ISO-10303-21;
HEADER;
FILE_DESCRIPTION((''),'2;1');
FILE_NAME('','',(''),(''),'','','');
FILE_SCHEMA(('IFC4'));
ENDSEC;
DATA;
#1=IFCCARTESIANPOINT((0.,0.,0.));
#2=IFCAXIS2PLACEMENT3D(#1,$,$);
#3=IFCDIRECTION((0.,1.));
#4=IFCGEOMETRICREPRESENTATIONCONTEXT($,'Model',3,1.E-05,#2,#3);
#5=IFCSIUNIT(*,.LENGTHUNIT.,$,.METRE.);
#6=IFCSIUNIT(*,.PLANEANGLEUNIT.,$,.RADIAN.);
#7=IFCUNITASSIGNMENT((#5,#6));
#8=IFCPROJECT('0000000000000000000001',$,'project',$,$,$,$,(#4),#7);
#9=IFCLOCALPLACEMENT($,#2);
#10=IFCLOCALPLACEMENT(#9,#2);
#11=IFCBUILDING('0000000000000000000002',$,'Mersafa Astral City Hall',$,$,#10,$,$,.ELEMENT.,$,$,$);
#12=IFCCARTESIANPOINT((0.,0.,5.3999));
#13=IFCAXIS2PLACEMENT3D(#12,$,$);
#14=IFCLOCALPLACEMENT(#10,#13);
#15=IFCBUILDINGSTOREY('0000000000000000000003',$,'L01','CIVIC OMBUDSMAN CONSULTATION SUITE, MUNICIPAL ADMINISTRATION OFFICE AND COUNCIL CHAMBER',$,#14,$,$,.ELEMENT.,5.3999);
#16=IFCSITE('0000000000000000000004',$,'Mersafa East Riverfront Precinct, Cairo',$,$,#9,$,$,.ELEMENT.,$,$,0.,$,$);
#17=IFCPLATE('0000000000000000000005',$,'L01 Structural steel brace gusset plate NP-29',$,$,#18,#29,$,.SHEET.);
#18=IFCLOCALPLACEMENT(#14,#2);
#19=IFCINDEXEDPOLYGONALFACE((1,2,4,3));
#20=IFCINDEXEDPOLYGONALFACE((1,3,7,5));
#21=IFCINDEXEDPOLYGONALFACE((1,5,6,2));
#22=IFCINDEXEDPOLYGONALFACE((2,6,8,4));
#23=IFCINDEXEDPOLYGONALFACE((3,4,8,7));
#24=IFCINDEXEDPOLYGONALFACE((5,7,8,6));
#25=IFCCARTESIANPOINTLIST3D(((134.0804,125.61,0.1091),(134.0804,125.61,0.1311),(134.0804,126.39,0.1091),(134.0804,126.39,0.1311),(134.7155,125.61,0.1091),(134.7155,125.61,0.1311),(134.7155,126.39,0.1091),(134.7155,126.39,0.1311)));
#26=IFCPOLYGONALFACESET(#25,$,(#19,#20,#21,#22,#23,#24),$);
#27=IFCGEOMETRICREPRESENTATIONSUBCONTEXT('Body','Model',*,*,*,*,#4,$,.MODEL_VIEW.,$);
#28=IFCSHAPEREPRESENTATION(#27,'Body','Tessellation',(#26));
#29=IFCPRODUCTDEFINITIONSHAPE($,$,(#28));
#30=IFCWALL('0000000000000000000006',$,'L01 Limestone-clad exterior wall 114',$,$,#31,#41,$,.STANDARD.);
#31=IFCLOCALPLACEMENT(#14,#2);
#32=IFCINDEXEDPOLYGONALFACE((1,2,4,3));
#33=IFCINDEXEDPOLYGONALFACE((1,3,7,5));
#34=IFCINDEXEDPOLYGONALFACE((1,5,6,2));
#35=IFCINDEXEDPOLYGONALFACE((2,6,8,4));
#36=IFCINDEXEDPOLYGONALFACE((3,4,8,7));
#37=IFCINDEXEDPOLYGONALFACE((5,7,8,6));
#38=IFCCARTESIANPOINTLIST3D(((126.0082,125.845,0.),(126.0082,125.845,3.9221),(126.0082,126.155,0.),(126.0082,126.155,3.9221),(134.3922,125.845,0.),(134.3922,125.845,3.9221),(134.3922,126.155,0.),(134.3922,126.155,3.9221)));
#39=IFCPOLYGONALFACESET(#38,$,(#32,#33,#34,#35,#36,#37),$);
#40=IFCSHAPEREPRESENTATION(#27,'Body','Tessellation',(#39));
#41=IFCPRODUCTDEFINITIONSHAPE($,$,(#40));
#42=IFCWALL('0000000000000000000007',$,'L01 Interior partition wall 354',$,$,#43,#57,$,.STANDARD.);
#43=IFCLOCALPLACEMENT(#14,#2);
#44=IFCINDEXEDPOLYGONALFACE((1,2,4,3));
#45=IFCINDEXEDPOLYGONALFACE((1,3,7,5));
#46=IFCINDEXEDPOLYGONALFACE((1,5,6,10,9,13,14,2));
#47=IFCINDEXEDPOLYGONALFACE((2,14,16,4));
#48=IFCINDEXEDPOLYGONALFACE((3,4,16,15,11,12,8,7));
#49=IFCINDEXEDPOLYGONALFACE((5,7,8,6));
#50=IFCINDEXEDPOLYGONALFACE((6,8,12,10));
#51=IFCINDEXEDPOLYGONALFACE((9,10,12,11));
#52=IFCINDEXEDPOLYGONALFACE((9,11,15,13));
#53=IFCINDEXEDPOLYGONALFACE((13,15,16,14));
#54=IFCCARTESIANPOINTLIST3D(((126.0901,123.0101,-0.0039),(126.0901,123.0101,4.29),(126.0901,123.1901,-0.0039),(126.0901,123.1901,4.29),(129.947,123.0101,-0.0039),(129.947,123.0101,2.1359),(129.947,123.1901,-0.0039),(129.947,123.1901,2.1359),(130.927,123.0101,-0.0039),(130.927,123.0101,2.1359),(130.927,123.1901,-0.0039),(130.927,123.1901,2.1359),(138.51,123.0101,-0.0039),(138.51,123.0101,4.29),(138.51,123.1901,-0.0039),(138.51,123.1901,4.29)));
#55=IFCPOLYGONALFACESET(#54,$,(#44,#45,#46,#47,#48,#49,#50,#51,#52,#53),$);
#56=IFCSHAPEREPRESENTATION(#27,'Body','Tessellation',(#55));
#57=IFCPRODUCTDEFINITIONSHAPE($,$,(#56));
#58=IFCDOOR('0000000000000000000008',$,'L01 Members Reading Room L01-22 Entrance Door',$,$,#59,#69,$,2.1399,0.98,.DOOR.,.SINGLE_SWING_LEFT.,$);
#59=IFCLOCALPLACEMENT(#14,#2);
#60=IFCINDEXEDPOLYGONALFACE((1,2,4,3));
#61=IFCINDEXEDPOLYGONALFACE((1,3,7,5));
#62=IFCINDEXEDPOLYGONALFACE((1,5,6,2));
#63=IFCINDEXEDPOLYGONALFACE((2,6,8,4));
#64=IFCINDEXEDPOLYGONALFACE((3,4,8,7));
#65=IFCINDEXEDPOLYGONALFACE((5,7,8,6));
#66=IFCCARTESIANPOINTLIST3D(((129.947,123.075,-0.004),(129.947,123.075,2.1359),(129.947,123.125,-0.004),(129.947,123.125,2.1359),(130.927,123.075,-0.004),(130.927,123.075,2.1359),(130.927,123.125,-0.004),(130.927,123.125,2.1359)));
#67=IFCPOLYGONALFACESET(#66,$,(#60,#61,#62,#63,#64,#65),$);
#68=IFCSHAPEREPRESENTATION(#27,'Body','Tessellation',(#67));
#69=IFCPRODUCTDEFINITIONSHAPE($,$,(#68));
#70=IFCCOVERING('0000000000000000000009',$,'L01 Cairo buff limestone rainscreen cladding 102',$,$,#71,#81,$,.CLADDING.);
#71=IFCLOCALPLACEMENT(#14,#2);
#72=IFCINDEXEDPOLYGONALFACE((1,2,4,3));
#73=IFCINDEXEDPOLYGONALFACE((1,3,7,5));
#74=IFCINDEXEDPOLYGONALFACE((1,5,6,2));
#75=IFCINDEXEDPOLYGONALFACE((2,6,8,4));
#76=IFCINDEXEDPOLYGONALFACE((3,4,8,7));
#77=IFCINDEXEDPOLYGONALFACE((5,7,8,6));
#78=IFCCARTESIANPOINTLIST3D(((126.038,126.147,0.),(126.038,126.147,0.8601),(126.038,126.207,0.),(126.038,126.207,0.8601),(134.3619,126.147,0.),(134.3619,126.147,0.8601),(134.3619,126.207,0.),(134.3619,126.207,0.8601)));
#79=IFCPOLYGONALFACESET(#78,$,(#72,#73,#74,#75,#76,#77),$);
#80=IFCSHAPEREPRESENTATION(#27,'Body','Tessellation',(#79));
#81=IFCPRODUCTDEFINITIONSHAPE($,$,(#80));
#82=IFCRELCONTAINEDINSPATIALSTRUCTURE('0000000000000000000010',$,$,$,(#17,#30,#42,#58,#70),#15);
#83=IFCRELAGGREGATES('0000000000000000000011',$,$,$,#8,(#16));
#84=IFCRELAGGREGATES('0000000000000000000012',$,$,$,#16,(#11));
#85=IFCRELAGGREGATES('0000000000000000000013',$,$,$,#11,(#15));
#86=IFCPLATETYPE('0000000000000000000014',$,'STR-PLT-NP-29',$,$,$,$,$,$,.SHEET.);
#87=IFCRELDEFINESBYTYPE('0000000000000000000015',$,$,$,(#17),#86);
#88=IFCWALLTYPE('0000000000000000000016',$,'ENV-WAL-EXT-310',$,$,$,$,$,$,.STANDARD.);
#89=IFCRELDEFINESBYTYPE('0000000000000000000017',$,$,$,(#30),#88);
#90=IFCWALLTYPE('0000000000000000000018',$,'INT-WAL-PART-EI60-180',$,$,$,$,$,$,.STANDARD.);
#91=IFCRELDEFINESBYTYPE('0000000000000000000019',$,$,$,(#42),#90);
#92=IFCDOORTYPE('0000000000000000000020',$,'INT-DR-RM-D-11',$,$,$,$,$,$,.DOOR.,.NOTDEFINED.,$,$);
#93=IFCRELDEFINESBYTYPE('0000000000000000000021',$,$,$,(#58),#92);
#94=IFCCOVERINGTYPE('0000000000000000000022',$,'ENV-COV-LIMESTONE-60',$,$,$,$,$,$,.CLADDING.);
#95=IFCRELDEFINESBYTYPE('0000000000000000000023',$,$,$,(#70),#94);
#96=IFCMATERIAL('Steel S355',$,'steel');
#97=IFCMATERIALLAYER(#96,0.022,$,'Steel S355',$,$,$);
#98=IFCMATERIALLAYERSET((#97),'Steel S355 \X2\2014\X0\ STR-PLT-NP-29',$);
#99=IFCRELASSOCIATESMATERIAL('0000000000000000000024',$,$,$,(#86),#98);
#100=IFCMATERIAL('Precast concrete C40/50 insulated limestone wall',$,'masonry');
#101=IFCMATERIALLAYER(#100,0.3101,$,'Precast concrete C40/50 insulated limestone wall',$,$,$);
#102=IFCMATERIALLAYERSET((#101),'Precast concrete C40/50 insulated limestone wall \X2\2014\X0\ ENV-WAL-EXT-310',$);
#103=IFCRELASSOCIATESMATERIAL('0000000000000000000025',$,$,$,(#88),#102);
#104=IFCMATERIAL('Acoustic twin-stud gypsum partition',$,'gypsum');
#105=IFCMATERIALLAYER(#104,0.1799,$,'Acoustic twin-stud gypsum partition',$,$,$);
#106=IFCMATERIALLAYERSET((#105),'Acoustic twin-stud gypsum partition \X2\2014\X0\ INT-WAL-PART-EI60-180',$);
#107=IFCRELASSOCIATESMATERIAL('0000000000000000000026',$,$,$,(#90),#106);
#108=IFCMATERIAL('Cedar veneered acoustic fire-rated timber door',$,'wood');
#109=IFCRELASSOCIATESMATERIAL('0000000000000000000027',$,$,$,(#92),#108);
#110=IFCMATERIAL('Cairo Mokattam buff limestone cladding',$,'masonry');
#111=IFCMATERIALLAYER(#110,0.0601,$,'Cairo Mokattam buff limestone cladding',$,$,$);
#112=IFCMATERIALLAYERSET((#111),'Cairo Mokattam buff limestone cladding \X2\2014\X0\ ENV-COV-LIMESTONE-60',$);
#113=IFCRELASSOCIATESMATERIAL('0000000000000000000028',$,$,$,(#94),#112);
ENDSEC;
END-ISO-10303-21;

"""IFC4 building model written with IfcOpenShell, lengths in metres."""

from ifc_helpers import new_model, si_unit, direction, frame, frame_2d, origin, origin_2d, place, context, subcontext, project, spatial, rectangle, extrude, material, layer, layer_set, type_object, element, fill, save


model = new_model("IFC4")

# Units and contexts
model_context = context("Model", 3, precision=1e-05, world=origin(), true_north=direction((0.0, 1.0)))
body_context = subcontext(model_context, "Body", "Model", "MODEL_VIEW")
ifc_project = project(units=[si_unit("LENGTHUNIT", "METRE"), si_unit("PLANEANGLEUNIT", "RADIAN")], contexts=[model_context])

# Site, building, storey
site_placement = place(None, origin())
site = spatial("IfcSite", under=ifc_project, at=site_placement, Name="Mersafa East Riverfront Precinct, Cairo", CompositionType="ELEMENT", RefElevation=0.0)
building_placement = place(site_placement, origin())
building = spatial("IfcBuilding", under=site, at=building_placement, Name="Mersafa Astral City Hall", CompositionType="ELEMENT")
storey_placement = place(building_placement, frame((0.0, 0.0, 5.3999)))
storey = spatial("IfcBuildingStorey", under=building, at=storey_placement, Name="L01", Description="CIVIC OMBUDSMAN CONSULTATION SUITE, MUNICIPAL ADMINISTRATION OFFICE AND COUNCIL CHAMBER", CompositionType="ELEMENT", Elevation=5.3999)

# Shared definitions
ifc_material_1 = material(Name="Steel S355", Category="steel")

# Plate
ifc_layer_1 = layer(ifc_material_1, 0.022, Name="Steel S355")
ifc_layer_set_1 = layer_set([ifc_layer_1], Name="Steel S355 — STR-PLT-NP-29")
plate_type_1 = type_object("IfcPlateType", Name="STR-PLT-NP-29", PredefinedType="SHEET", material=ifc_layer_set_1)
plate_1_placement = place(storey_placement, frame((134.3979, 126.0, 0.1091), z_axis=(0.0, 0.0, 1.0), x_axis=(1.0, 0.0, 0.0)))
element("IfcPlate", 1, at=plate_1_placement, inside=storey, type_object=plate_type_1, Name="L01 Structural steel brace gusset plate NP-29", PredefinedType="SHEET", context=body_context, shape_type="SweptSolid", body=[
    extrude(rectangle(XDim=0.635, YDim=0.78, at=origin_2d()), origin(), (0.0, 0.0, 1.0), 0.022),
])

# Wall
ifc_material_2 = material(Name="Precast concrete C40/50 insulated limestone wall", Category="masonry")
ifc_layer_2 = layer(ifc_material_2, 0.3101, Name="Precast concrete C40/50 insulated limestone wall")
ifc_layer_set_2 = layer_set([ifc_layer_2], Name="Precast concrete C40/50 insulated limestone wall — ENV-WAL-EXT-310")
wall_type_1 = type_object("IfcWallType", Name="ENV-WAL-EXT-310", PredefinedType="STANDARD", material=ifc_layer_set_2)
wall_1_placement = place(storey_placement, frame((134.3921, 126.0, 0.0), z_axis=(0.0, 0.0, 1.0), x_axis=(-1.0, 0.0, 0.0)))
element("IfcWall", 2, at=wall_1_placement, inside=storey, type_object=wall_type_1, Name="L01 Limestone-clad exterior wall 114", PredefinedType="STANDARD", context=body_context, shape_type="SweptSolid", body=[
    extrude(rectangle(XDim=8.384, YDim=0.3101, at=frame_2d((4.1919, 0.0))), origin(), (0.0, 0.0, 1.0), 3.9221),
])

# Wall, opening, door
ifc_material_3 = material(Name="Acoustic twin-stud gypsum partition", Category="gypsum")
ifc_layer_3 = layer(ifc_material_3, 0.1799, Name="Acoustic twin-stud gypsum partition")
ifc_layer_set_3 = layer_set([ifc_layer_3], Name="Acoustic twin-stud gypsum partition — INT-WAL-PART-EI60-180")
wall_type_2 = type_object("IfcWallType", Name="INT-WAL-PART-EI60-180", PredefinedType="STANDARD", material=ifc_layer_set_3)
wall_2_placement = place(storey_placement, frame((126.0901, 123.1001, -0.0039), z_axis=(0.0, 0.0, 1.0), x_axis=(1.0, 0.0, 0.0)))
wall_2 = element("IfcWall", 3, at=wall_2_placement, inside=storey, type_object=wall_type_2, Name="L01 Interior partition wall 354", PredefinedType="STANDARD", context=body_context, shape_type="SweptSolid", body=[
    extrude(rectangle(XDim=12.4199, YDim=0.1799, at=frame_2d((6.21, 0.0))), origin(), (0.0, 0.0, 1.0), 4.2939),
])
opening_placement = place(wall_2_placement, frame((3.8569, 0.0, 0.0)))
opening = element("IfcOpeningElement", 4, at=opening_placement, cuts=wall_2, PredefinedType="OPENING", context=body_context, shape_type="SweptSolid", body=[
    extrude(rectangle(XDim=0.98, YDim=2.1399, at=frame_2d((0.49, 1.0698))), frame((0.0, 0.0999, 0.0), z_axis=(0.0, -1.0, 0.0), x_axis=(1.0, 0.0, 0.0)), (0.0, 0.0, 1.0), 0.2),
])
ifc_material_4 = material(Name="Cedar veneered acoustic fire-rated timber door", Category="wood")
door_type = type_object("IfcDoorType", Name="INT-DR-RM-D-11", OperationType="NOTDEFINED", PredefinedType="DOOR", material=ifc_material_4)
door_placement = place(opening_placement, origin())
door = element("IfcDoor", 5, at=door_placement, inside=storey, type_object=door_type, Name="L01 Members Reading Room L01-22 Entrance Door", OperationType="SINGLE_SWING_LEFT", OverallHeight=2.1399, OverallWidth=0.98, PredefinedType="DOOR", context=body_context, shape_type="SweptSolid", body=[
    extrude(rectangle(XDim=0.98, YDim=2.1399, at=frame_2d((0.49, 1.0698))), frame((0.0, 0.0249, 0.0), z_axis=(0.0, -1.0, 0.0), x_axis=(1.0, 0.0, 0.0)), (0.0, 0.0, 1.0), 0.05),
])
fill(opening, door)

# Covering
ifc_material_5 = material(Name="Cairo Mokattam buff limestone cladding", Category="masonry")
ifc_layer_4 = layer(ifc_material_5, 0.0601, Name="Cairo Mokattam buff limestone cladding")
ifc_layer_set_4 = layer_set([ifc_layer_4], Name="Cairo Mokattam buff limestone cladding — ENV-COV-LIMESTONE-60")
covering_type = type_object("IfcCoveringType", Name="ENV-COV-LIMESTONE-60", PredefinedType="CLADDING", material=ifc_layer_set_4)
covering_placement = place(storey_placement, frame((130.2, 126.177, 0.0), z_axis=(0.0, 0.0, 1.0), x_axis=(-1.0, 0.0, 0.0)))
element("IfcCovering", 6, at=covering_placement, inside=storey, type_object=covering_type, Name="L01 Cairo buff limestone rainscreen cladding 102", PredefinedType="CLADDING", context=body_context, shape_type="SweptSolid", body=[
    extrude(rectangle(XDim=8.324, YDim=0.0601, at=origin_2d()), origin(), (0.0, 0.0, 1.0), 0.8601),
])

save(model, "model.ifc")
